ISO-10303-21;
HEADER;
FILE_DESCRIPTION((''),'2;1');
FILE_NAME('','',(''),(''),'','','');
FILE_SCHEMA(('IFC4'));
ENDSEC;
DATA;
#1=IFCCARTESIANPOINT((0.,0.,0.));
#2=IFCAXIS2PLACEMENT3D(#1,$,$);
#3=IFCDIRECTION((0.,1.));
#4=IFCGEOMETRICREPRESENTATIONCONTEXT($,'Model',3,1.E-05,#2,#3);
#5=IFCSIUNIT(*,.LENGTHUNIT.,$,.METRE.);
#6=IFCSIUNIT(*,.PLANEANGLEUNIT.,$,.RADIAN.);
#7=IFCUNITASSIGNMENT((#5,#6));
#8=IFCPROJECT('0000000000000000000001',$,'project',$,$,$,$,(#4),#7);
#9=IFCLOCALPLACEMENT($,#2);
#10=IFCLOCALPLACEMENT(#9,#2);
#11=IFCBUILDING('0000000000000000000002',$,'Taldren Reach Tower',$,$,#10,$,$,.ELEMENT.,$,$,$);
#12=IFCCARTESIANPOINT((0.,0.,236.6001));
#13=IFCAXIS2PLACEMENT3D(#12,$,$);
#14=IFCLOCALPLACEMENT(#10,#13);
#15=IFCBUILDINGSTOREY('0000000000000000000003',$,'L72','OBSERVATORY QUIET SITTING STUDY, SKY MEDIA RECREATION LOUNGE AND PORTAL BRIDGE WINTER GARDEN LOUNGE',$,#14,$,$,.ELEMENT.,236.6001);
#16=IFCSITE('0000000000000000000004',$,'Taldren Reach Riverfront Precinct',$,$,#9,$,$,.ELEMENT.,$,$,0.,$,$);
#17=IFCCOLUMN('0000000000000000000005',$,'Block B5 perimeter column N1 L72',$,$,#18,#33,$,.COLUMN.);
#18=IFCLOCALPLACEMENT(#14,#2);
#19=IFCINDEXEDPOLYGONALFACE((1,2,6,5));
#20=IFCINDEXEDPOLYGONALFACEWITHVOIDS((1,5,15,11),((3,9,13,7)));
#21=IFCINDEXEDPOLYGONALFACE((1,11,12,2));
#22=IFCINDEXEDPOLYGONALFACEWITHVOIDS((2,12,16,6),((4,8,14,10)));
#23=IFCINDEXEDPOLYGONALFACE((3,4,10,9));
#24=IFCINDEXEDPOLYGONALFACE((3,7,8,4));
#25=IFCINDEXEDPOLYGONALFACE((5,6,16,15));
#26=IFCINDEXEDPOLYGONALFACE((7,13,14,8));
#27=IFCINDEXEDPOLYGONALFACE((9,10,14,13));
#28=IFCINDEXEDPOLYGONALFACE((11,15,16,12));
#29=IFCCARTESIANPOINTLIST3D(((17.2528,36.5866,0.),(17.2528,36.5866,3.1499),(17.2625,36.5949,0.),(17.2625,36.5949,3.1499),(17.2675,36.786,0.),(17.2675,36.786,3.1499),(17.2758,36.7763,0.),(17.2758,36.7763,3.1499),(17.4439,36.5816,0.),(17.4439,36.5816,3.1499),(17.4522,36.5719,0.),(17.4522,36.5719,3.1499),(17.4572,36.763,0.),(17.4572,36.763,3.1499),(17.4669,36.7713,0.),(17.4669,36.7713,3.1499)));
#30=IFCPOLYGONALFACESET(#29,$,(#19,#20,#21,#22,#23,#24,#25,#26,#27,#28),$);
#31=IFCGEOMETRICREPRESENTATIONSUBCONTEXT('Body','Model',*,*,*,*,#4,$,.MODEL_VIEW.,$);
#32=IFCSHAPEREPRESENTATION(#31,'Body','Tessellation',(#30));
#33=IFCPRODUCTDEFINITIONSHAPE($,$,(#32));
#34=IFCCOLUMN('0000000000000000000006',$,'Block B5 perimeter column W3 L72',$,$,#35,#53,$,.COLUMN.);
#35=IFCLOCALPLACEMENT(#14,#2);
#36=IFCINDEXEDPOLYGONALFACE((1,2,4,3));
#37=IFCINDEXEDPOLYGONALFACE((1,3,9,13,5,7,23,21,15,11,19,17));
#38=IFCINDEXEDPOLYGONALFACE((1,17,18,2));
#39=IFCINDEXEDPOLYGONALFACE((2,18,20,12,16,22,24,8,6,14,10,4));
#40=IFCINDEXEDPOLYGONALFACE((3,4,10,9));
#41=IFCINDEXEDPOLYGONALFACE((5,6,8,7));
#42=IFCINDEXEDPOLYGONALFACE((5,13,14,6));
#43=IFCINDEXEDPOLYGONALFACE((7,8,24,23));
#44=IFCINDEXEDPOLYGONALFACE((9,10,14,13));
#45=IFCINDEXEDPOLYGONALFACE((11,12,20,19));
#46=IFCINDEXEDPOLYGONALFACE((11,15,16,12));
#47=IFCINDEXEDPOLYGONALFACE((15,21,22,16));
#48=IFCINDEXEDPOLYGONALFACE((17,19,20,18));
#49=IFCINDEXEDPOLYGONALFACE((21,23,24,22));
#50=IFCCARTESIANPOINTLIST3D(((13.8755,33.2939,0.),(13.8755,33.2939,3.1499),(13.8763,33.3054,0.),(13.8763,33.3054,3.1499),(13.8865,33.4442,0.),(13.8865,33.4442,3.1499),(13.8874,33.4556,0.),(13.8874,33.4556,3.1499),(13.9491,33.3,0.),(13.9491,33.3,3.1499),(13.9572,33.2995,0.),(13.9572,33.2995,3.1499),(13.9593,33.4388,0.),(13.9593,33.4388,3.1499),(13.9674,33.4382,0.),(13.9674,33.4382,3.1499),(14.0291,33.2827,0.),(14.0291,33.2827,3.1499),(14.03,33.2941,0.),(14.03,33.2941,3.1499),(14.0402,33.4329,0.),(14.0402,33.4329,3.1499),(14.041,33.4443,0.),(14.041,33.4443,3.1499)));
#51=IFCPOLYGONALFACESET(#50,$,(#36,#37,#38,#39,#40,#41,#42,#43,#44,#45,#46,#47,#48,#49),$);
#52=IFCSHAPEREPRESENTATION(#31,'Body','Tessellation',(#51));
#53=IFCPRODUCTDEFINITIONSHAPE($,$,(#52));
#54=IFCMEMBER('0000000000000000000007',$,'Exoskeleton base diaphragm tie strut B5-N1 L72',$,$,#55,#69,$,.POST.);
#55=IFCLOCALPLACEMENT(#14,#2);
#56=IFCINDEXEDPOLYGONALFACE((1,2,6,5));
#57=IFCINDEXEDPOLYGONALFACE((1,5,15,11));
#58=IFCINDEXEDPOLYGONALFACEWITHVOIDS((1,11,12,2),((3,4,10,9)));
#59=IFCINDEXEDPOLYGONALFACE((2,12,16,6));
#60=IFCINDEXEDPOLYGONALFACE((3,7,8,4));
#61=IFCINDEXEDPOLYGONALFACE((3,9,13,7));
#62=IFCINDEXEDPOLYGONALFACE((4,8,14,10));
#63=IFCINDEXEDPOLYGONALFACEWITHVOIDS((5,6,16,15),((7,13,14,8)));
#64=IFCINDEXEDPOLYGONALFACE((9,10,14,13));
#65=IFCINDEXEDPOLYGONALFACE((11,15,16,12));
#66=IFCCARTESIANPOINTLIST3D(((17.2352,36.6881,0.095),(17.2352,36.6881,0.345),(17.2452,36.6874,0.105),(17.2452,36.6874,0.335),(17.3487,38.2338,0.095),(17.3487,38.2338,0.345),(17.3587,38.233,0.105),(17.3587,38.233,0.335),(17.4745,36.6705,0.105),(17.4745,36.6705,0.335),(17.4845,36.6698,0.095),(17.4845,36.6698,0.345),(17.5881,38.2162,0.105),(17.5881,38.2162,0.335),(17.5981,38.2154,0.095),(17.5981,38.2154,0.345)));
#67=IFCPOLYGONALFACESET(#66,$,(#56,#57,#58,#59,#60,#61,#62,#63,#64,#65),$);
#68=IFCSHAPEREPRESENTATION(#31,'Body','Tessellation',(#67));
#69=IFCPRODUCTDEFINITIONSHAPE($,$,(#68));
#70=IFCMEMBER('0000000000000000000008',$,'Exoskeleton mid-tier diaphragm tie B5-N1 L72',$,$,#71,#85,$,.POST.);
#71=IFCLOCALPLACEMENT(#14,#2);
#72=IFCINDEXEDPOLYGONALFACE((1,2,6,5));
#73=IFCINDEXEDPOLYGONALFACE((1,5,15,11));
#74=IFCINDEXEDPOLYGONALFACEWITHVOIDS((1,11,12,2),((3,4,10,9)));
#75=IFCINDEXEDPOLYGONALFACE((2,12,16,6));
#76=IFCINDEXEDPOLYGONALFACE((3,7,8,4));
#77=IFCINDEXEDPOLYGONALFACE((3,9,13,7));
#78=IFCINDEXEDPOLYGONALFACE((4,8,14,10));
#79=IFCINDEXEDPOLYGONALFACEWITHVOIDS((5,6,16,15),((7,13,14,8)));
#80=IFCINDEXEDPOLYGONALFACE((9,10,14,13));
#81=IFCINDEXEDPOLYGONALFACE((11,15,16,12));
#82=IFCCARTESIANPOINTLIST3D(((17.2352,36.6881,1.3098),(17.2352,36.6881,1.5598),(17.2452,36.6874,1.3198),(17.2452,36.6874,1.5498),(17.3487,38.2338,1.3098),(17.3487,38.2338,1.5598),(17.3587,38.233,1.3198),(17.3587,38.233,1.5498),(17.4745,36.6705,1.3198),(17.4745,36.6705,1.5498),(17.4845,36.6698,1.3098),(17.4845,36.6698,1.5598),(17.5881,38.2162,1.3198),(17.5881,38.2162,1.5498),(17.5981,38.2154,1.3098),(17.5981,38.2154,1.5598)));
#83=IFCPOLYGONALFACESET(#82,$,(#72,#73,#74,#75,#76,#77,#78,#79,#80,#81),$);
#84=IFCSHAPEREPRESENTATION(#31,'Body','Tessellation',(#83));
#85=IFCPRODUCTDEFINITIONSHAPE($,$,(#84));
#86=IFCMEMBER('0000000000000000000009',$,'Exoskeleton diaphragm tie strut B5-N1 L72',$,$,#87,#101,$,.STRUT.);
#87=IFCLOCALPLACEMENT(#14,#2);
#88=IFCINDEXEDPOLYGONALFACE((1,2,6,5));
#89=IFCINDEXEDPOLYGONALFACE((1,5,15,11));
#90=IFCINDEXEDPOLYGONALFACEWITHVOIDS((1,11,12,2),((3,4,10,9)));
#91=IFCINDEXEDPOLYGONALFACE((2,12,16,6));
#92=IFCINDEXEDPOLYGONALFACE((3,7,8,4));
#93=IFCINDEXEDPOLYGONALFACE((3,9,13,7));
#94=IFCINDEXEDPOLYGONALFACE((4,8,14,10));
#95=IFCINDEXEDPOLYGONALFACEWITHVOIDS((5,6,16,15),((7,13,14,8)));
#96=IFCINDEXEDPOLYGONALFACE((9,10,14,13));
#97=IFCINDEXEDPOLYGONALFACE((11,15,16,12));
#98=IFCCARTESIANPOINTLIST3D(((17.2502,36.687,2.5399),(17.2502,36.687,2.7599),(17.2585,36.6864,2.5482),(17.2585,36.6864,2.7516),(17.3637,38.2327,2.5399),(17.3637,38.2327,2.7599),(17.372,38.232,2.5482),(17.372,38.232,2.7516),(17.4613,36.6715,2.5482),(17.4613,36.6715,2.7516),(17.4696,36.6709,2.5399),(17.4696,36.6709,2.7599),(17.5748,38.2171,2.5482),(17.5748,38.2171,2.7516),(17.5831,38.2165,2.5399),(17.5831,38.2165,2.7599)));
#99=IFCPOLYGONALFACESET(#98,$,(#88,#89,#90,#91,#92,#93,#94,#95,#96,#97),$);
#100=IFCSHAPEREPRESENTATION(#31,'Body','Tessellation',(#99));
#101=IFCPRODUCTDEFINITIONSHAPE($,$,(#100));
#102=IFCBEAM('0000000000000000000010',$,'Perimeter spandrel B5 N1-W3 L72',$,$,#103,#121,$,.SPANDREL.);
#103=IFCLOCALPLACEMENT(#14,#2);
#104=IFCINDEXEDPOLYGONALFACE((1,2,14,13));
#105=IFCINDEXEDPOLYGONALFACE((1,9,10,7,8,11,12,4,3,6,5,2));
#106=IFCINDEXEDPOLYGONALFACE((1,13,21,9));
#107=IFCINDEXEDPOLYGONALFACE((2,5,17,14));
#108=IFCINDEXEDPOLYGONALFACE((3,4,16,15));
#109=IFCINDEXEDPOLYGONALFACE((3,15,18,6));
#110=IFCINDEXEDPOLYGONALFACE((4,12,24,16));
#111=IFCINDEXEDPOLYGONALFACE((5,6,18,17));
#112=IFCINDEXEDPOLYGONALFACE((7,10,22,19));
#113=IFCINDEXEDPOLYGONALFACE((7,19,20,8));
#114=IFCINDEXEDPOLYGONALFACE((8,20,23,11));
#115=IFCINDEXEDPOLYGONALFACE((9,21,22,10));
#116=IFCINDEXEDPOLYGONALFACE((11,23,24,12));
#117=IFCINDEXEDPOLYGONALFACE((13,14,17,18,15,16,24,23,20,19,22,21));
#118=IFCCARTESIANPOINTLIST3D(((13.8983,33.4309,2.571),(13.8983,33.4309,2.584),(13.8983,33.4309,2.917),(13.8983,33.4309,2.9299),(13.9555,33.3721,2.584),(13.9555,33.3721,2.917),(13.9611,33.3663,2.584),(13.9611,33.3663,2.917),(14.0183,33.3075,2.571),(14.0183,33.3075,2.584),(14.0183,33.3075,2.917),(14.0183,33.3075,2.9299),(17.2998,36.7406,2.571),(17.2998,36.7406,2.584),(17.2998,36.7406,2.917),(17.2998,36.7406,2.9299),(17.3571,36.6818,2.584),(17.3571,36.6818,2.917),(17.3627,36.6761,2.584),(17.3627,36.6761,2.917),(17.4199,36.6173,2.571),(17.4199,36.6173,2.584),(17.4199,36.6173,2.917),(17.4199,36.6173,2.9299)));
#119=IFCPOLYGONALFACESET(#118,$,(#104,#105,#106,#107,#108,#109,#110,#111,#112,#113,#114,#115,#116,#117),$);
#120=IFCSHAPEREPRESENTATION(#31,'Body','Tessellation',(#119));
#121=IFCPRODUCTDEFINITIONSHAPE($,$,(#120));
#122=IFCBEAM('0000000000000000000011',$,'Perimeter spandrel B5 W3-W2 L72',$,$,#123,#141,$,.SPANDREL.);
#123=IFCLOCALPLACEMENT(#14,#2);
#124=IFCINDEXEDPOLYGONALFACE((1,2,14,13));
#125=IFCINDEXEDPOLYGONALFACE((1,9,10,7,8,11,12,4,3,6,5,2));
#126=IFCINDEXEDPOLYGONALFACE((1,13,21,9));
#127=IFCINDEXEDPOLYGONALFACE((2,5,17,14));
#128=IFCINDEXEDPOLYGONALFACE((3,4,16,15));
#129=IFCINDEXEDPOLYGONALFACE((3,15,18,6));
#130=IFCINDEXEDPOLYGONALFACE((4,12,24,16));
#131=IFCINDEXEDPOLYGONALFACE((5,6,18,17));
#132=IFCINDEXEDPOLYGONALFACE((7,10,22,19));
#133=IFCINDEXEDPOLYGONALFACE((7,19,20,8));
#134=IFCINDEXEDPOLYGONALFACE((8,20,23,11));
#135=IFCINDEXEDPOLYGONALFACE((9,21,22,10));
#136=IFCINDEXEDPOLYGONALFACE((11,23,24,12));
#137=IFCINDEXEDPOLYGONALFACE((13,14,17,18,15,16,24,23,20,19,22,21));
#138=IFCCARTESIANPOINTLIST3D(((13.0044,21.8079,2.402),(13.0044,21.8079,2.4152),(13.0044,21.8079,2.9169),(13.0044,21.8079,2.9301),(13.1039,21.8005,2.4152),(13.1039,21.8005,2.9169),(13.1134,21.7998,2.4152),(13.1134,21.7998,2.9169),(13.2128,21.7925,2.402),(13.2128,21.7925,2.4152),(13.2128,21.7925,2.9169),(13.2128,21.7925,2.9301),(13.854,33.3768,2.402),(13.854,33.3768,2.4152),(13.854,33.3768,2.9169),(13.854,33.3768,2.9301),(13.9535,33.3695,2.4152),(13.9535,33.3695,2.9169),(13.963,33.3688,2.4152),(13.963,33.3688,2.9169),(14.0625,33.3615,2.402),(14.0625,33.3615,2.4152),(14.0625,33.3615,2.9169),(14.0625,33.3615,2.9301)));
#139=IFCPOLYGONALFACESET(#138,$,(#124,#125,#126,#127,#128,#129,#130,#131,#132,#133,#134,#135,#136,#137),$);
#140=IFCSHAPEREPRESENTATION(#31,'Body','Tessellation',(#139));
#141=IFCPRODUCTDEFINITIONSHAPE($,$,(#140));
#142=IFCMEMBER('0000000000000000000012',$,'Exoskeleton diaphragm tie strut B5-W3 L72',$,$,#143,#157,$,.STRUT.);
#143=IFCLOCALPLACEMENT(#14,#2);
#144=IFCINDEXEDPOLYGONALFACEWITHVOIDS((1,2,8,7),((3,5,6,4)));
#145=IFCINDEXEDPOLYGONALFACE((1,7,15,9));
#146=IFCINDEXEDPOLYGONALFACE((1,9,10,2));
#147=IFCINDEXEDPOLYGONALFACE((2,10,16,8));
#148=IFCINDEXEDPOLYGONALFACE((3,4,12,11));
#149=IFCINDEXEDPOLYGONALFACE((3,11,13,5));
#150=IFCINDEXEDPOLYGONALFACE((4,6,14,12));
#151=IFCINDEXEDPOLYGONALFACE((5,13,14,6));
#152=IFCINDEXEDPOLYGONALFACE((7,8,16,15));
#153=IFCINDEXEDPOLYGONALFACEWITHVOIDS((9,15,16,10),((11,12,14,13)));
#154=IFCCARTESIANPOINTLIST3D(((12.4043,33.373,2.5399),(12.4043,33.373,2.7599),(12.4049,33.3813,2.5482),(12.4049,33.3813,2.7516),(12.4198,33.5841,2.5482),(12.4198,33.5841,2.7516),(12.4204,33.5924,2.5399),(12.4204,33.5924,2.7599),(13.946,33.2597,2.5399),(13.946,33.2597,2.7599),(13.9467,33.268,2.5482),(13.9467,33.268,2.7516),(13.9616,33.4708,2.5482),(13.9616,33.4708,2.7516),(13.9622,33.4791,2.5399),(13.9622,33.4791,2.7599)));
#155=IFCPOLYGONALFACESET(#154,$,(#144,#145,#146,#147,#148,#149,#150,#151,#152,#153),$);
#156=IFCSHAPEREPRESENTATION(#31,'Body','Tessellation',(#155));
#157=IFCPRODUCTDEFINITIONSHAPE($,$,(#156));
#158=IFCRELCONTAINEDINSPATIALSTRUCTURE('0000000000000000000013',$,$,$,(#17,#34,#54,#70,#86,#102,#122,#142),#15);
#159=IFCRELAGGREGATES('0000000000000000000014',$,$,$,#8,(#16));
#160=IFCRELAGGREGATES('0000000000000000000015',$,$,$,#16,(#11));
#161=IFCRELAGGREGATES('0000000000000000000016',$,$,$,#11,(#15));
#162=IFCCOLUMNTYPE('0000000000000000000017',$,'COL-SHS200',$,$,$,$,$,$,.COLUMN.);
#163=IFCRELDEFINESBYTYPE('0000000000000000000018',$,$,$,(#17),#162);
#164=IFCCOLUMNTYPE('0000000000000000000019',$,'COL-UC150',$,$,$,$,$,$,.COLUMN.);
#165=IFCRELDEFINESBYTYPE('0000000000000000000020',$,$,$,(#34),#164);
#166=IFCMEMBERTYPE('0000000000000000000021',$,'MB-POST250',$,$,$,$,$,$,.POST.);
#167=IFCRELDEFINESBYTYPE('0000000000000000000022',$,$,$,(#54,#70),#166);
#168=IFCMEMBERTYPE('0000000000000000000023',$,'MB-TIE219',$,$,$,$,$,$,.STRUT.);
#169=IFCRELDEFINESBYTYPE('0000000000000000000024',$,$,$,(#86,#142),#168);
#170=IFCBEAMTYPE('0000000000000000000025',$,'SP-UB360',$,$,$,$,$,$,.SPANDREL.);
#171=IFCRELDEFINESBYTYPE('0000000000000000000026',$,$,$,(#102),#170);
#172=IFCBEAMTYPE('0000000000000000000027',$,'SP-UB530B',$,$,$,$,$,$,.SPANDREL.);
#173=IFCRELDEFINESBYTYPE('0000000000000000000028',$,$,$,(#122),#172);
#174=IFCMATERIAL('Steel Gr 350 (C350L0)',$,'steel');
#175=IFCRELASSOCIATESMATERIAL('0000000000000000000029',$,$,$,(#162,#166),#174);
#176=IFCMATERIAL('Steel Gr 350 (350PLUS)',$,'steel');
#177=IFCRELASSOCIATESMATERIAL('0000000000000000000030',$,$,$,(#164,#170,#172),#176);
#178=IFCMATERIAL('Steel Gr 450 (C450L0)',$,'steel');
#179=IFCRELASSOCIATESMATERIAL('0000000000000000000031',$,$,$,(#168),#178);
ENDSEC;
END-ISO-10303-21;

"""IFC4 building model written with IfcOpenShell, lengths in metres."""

from ifc_helpers import new_model, si_unit, direction, frame, origin, origin_2d, place, context, subcontext, project, spatial, hollow_rectangle, i_section, extrude, source, transform, mapped, material, material_profile, profile_set, type_object, element, save


model = new_model("IFC4")

# Units and contexts
model_context = context("Model", 3, precision=1e-05, world=origin(), true_north=direction((0.0, 1.0)))
body_context = subcontext(model_context, "Body", "Model", "MODEL_VIEW")
ifc_project = project(units=[si_unit("LENGTHUNIT", "METRE"), si_unit("PLANEANGLEUNIT", "RADIAN")], contexts=[model_context])

# Site, building, storey
site_placement = place(None, origin())
site = spatial("IfcSite", under=ifc_project, at=site_placement, Name="Taldren Reach Riverfront Precinct", CompositionType="ELEMENT", RefElevation=0.0)
building_placement = place(site_placement, origin())
building = spatial("IfcBuilding", under=site, at=building_placement, Name="Taldren Reach Tower", CompositionType="ELEMENT")
storey_placement = place(building_placement, frame((0.0, 0.0, 236.6001)))
storey = spatial("IfcBuildingStorey", under=building, at=storey_placement, Name="L72", Description="OBSERVATORY QUIET SITTING STUDY, SKY MEDIA RECREATION LOUNGE AND PORTAL BRIDGE WINTER GARDEN LOUNGE", CompositionType="ELEMENT", Elevation=236.6001)

# Columns
ifc_material_1 = material(Name="Steel Gr 350 (C350L0)", Category="steel")
ifc_material_profile_1 = material_profile(ifc_material_1, hollow_rectangle(XDim=0.2, YDim=0.2, WallThickness=0.009, at=origin_2d()), Name="200x200x9.0SHS")
ifc_profile_set_1 = profile_set([ifc_material_profile_1], Name="Steel Gr 350 (C350L0)")
column_type_1 = type_object("IfcColumnType", Name="COL-SHS200", PredefinedType="COLUMN", material=ifc_profile_set_1)
shared_shape_1 = source(origin(), body_context, "Body", "SweptSolid", [
    extrude(hollow_rectangle(XDim=0.2, YDim=0.2, WallThickness=0.009, at=origin_2d()), origin(), (0.0, 0.0, 1.0), 3.1499),
])
column_1_placement = place(storey_placement, frame((17.3599, 36.679, 0.0), z_axis=(0.0, 0.0, 1.0), x_axis=(0.997314, -0.073238, 0.0)))
element("IfcColumn", 1, at=column_1_placement, inside=storey, type_object=column_type_1, Name="Block B5 perimeter column N1 L72", PredefinedType="COLUMN", context=body_context, shape_type="MappedRepresentation", body=[
    mapped(shared_shape_1, transform((0.0, 0.0, 0.0), scale=1.0)),
])
ifc_material_2 = material(Name="Steel Gr 350 (350PLUS)", Category="steel")
ifc_material_profile_2 = material_profile(ifc_material_2, i_section(OverallWidth=0.1541, OverallDepth=0.1621, WebThickness=0.0081, FlangeThickness=0.0115, at=origin_2d()), Name="150UC37.2")
ifc_profile_set_2 = profile_set([ifc_material_profile_2], Name="Steel Gr 350 (350PLUS)")
column_type_2 = type_object("IfcColumnType", Name="COL-UC150", PredefinedType="COLUMN", material=ifc_profile_set_2)
shared_shape_2 = source(origin(), body_context, "Body", "SweptSolid", [
    extrude(i_section(OverallWidth=0.1541, OverallDepth=0.1621, WebThickness=0.0081, FlangeThickness=0.0115, at=origin_2d()), origin(), (0.0, 0.0, 1.0), 3.1499),
])
column_2_placement = place(storey_placement, frame((13.9583, 33.3691, 0.0), z_axis=(0.0, 0.0, 1.0), x_axis=(0.997314, -0.073238, 0.0)))
element("IfcColumn", 2, at=column_2_placement, inside=storey, type_object=column_type_2, Name="Block B5 perimeter column W3 L72", PredefinedType="COLUMN", context=body_context, shape_type="MappedRepresentation", body=[
    mapped(shared_shape_2, transform((0.0, 0.0, 0.0), scale=1.0)),
])

# Members
ifc_material_profile_3 = material_profile(ifc_material_1, hollow_rectangle(XDim=0.25, YDim=0.25, WallThickness=0.01, at=origin_2d()), Name="250x250x10.0SHS")
ifc_profile_set_3 = profile_set([ifc_material_profile_3], Name="Steel Gr 350 (C350L0)")
member_type_1 = type_object("IfcMemberType", Name="MB-POST250", PredefinedType="POST", material=ifc_profile_set_3)
shared_shape_3 = source(origin(), body_context, "Body", "SweptSolid", [
    extrude(hollow_rectangle(XDim=0.25, YDim=0.25, WallThickness=0.01, at=origin_2d()), origin(), (0.0, 0.0, 1.0), 1.5498),
])
for number, where, z_axis, x_axis, name in (
    (3, (17.3599, 36.679, 0.22), (0.073251, 0.997314, 0.0), (-0.997314, 0.073251, 0.0), "Exoskeleton base diaphragm tie strut B5-N1 L72"),
    (4, (17.3599, 36.679, 1.4348), (0.073251, 0.997314, 0.0), (-0.997314, 0.073251, 0.0), "Exoskeleton mid-tier diaphragm tie B5-N1 L72"),
):
    element("IfcMember", number, at=place(storey_placement, frame(where, z_axis=z_axis, x_axis=x_axis)), inside=storey, type_object=member_type_1, Name=name, PredefinedType="POST", context=body_context, shape_type="MappedRepresentation", body=[
        mapped(shared_shape_3, transform((0.0, 0.0, 0.0), scale=1.0)),
    ])
ifc_material_3 = material(Name="Steel Gr 450 (C450L0)", Category="steel")
ifc_material_profile_4 = material_profile(ifc_material_3, hollow_rectangle(XDim=0.22, YDim=0.22, WallThickness=0.0083, at=origin_2d()), Name="220x220x8.2SHS")
ifc_profile_set_4 = profile_set([ifc_material_profile_4], Name="Steel Gr 450 (C450L0)")
member_type_2 = type_object("IfcMemberType", Name="MB-TIE219", PredefinedType="STRUT", material=ifc_profile_set_4)
shared_shape_4 = source(origin(), body_context, "Body", "SweptSolid", [
    extrude(hollow_rectangle(XDim=0.22, YDim=0.22, WallThickness=0.0083, at=origin_2d()), origin(), (0.0, 0.0, 1.0), 1.5498),
])
member_1_placement = place(storey_placement, frame((17.3599, 36.679, 2.6499), z_axis=(0.073251, 0.997314, 0.0), x_axis=(-0.997314, 0.073251, 0.0)))
element("IfcMember", 5, at=member_1_placement, inside=storey, type_object=member_type_2, Name="Exoskeleton diaphragm tie strut B5-N1 L72", PredefinedType="STRUT", context=body_context, shape_type="MappedRepresentation", body=[
    mapped(shared_shape_4, transform((0.0, 0.0, 0.0), scale=1.0)),
])

# Beams
ifc_material_profile_5 = material_profile(ifc_material_2, i_section(OverallWidth=0.1721, OverallDepth=0.3589, WebThickness=0.0081, FlangeThickness=0.0129, at=origin_2d()), Name="360UB56.7")
ifc_profile_set_5 = profile_set([ifc_material_profile_5], Name="Steel Gr 350 (350PLUS)")
beam_type_1 = type_object("IfcBeamType", Name="SP-UB360", PredefinedType="SPANDREL", material=ifc_profile_set_5)
shared_shape_5 = source(origin(), body_context, "Body", "SweptSolid", [
    extrude(i_section(OverallWidth=0.1721, OverallDepth=0.3589, WebThickness=0.0081, FlangeThickness=0.0129, at=origin_2d()), origin(), (0.0, 0.0, 1.0), 4.7461),
])
beam_1_placement = place(storey_placement, frame((17.3599, 36.679, 2.7505), z_axis=(-0.716711, -0.69737, 0.0), x_axis=(0.69737, -0.716711, 0.0)))
element("IfcBeam", 6, at=beam_1_placement, inside=storey, type_object=beam_type_1, Name="Perimeter spandrel B5 N1-W3 L72", PredefinedType="SPANDREL", context=body_context, shape_type="MappedRepresentation", body=[
    mapped(shared_shape_5, transform((0.0, 0.0, 0.0), scale=1.0)),
])
ifc_material_profile_6 = material_profile(ifc_material_2, i_section(OverallWidth=0.209, OverallDepth=0.5281, WebThickness=0.0095, FlangeThickness=0.0132, at=origin_2d()), Name="530UB82.0")
ifc_profile_set_6 = profile_set([ifc_material_profile_6], Name="Steel Gr 350 (350PLUS)")
beam_type_2 = type_object("IfcBeamType", Name="SP-UB530B", PredefinedType="SPANDREL", material=ifc_profile_set_6)
shared_shape_6 = source(origin(), body_context, "Body", "SweptSolid", [
    extrude(i_section(OverallWidth=0.209, OverallDepth=0.5281, WebThickness=0.0095, FlangeThickness=0.0132, at=origin_2d()), origin(), (0.0, 0.0, 1.0), 11.6001),
])
beam_2_placement = place(storey_placement, frame((13.9583, 33.3691, 2.666), z_axis=(-0.073242, -0.997314, 0.0), x_axis=(0.997314, -0.073242, 0.0)))
element("IfcBeam", 7, at=beam_2_placement, inside=storey, type_object=beam_type_2, Name="Perimeter spandrel B5 W3-W2 L72", PredefinedType="SPANDREL", context=body_context, shape_type="MappedRepresentation", body=[
    mapped(shared_shape_6, transform((0.0, 0.0, 0.0), scale=1.0)),
])

# Member
shared_shape_7 = source(origin(), body_context, "Body", "SweptSolid", [
    extrude(hollow_rectangle(XDim=0.22, YDim=0.22, WallThickness=0.0083, at=origin_2d()), origin(), (0.0, 0.0, 1.0), 1.5459),
])
member_2_placement = place(storey_placement, frame((13.9541, 33.3694, 2.6499), z_axis=(-0.997312, 0.073278, 0.0), x_axis=(-0.073278, -0.997312, 0.0)))
element("IfcMember", 8, at=member_2_placement, inside=storey, type_object=member_type_2, Name="Exoskeleton diaphragm tie strut B5-W3 L72", PredefinedType="STRUT", context=body_context, shape_type="MappedRepresentation", body=[
    mapped(shared_shape_7, transform((0.0, 0.0, 0.0), scale=1.0)),
])

save(model, "model.ifc")
